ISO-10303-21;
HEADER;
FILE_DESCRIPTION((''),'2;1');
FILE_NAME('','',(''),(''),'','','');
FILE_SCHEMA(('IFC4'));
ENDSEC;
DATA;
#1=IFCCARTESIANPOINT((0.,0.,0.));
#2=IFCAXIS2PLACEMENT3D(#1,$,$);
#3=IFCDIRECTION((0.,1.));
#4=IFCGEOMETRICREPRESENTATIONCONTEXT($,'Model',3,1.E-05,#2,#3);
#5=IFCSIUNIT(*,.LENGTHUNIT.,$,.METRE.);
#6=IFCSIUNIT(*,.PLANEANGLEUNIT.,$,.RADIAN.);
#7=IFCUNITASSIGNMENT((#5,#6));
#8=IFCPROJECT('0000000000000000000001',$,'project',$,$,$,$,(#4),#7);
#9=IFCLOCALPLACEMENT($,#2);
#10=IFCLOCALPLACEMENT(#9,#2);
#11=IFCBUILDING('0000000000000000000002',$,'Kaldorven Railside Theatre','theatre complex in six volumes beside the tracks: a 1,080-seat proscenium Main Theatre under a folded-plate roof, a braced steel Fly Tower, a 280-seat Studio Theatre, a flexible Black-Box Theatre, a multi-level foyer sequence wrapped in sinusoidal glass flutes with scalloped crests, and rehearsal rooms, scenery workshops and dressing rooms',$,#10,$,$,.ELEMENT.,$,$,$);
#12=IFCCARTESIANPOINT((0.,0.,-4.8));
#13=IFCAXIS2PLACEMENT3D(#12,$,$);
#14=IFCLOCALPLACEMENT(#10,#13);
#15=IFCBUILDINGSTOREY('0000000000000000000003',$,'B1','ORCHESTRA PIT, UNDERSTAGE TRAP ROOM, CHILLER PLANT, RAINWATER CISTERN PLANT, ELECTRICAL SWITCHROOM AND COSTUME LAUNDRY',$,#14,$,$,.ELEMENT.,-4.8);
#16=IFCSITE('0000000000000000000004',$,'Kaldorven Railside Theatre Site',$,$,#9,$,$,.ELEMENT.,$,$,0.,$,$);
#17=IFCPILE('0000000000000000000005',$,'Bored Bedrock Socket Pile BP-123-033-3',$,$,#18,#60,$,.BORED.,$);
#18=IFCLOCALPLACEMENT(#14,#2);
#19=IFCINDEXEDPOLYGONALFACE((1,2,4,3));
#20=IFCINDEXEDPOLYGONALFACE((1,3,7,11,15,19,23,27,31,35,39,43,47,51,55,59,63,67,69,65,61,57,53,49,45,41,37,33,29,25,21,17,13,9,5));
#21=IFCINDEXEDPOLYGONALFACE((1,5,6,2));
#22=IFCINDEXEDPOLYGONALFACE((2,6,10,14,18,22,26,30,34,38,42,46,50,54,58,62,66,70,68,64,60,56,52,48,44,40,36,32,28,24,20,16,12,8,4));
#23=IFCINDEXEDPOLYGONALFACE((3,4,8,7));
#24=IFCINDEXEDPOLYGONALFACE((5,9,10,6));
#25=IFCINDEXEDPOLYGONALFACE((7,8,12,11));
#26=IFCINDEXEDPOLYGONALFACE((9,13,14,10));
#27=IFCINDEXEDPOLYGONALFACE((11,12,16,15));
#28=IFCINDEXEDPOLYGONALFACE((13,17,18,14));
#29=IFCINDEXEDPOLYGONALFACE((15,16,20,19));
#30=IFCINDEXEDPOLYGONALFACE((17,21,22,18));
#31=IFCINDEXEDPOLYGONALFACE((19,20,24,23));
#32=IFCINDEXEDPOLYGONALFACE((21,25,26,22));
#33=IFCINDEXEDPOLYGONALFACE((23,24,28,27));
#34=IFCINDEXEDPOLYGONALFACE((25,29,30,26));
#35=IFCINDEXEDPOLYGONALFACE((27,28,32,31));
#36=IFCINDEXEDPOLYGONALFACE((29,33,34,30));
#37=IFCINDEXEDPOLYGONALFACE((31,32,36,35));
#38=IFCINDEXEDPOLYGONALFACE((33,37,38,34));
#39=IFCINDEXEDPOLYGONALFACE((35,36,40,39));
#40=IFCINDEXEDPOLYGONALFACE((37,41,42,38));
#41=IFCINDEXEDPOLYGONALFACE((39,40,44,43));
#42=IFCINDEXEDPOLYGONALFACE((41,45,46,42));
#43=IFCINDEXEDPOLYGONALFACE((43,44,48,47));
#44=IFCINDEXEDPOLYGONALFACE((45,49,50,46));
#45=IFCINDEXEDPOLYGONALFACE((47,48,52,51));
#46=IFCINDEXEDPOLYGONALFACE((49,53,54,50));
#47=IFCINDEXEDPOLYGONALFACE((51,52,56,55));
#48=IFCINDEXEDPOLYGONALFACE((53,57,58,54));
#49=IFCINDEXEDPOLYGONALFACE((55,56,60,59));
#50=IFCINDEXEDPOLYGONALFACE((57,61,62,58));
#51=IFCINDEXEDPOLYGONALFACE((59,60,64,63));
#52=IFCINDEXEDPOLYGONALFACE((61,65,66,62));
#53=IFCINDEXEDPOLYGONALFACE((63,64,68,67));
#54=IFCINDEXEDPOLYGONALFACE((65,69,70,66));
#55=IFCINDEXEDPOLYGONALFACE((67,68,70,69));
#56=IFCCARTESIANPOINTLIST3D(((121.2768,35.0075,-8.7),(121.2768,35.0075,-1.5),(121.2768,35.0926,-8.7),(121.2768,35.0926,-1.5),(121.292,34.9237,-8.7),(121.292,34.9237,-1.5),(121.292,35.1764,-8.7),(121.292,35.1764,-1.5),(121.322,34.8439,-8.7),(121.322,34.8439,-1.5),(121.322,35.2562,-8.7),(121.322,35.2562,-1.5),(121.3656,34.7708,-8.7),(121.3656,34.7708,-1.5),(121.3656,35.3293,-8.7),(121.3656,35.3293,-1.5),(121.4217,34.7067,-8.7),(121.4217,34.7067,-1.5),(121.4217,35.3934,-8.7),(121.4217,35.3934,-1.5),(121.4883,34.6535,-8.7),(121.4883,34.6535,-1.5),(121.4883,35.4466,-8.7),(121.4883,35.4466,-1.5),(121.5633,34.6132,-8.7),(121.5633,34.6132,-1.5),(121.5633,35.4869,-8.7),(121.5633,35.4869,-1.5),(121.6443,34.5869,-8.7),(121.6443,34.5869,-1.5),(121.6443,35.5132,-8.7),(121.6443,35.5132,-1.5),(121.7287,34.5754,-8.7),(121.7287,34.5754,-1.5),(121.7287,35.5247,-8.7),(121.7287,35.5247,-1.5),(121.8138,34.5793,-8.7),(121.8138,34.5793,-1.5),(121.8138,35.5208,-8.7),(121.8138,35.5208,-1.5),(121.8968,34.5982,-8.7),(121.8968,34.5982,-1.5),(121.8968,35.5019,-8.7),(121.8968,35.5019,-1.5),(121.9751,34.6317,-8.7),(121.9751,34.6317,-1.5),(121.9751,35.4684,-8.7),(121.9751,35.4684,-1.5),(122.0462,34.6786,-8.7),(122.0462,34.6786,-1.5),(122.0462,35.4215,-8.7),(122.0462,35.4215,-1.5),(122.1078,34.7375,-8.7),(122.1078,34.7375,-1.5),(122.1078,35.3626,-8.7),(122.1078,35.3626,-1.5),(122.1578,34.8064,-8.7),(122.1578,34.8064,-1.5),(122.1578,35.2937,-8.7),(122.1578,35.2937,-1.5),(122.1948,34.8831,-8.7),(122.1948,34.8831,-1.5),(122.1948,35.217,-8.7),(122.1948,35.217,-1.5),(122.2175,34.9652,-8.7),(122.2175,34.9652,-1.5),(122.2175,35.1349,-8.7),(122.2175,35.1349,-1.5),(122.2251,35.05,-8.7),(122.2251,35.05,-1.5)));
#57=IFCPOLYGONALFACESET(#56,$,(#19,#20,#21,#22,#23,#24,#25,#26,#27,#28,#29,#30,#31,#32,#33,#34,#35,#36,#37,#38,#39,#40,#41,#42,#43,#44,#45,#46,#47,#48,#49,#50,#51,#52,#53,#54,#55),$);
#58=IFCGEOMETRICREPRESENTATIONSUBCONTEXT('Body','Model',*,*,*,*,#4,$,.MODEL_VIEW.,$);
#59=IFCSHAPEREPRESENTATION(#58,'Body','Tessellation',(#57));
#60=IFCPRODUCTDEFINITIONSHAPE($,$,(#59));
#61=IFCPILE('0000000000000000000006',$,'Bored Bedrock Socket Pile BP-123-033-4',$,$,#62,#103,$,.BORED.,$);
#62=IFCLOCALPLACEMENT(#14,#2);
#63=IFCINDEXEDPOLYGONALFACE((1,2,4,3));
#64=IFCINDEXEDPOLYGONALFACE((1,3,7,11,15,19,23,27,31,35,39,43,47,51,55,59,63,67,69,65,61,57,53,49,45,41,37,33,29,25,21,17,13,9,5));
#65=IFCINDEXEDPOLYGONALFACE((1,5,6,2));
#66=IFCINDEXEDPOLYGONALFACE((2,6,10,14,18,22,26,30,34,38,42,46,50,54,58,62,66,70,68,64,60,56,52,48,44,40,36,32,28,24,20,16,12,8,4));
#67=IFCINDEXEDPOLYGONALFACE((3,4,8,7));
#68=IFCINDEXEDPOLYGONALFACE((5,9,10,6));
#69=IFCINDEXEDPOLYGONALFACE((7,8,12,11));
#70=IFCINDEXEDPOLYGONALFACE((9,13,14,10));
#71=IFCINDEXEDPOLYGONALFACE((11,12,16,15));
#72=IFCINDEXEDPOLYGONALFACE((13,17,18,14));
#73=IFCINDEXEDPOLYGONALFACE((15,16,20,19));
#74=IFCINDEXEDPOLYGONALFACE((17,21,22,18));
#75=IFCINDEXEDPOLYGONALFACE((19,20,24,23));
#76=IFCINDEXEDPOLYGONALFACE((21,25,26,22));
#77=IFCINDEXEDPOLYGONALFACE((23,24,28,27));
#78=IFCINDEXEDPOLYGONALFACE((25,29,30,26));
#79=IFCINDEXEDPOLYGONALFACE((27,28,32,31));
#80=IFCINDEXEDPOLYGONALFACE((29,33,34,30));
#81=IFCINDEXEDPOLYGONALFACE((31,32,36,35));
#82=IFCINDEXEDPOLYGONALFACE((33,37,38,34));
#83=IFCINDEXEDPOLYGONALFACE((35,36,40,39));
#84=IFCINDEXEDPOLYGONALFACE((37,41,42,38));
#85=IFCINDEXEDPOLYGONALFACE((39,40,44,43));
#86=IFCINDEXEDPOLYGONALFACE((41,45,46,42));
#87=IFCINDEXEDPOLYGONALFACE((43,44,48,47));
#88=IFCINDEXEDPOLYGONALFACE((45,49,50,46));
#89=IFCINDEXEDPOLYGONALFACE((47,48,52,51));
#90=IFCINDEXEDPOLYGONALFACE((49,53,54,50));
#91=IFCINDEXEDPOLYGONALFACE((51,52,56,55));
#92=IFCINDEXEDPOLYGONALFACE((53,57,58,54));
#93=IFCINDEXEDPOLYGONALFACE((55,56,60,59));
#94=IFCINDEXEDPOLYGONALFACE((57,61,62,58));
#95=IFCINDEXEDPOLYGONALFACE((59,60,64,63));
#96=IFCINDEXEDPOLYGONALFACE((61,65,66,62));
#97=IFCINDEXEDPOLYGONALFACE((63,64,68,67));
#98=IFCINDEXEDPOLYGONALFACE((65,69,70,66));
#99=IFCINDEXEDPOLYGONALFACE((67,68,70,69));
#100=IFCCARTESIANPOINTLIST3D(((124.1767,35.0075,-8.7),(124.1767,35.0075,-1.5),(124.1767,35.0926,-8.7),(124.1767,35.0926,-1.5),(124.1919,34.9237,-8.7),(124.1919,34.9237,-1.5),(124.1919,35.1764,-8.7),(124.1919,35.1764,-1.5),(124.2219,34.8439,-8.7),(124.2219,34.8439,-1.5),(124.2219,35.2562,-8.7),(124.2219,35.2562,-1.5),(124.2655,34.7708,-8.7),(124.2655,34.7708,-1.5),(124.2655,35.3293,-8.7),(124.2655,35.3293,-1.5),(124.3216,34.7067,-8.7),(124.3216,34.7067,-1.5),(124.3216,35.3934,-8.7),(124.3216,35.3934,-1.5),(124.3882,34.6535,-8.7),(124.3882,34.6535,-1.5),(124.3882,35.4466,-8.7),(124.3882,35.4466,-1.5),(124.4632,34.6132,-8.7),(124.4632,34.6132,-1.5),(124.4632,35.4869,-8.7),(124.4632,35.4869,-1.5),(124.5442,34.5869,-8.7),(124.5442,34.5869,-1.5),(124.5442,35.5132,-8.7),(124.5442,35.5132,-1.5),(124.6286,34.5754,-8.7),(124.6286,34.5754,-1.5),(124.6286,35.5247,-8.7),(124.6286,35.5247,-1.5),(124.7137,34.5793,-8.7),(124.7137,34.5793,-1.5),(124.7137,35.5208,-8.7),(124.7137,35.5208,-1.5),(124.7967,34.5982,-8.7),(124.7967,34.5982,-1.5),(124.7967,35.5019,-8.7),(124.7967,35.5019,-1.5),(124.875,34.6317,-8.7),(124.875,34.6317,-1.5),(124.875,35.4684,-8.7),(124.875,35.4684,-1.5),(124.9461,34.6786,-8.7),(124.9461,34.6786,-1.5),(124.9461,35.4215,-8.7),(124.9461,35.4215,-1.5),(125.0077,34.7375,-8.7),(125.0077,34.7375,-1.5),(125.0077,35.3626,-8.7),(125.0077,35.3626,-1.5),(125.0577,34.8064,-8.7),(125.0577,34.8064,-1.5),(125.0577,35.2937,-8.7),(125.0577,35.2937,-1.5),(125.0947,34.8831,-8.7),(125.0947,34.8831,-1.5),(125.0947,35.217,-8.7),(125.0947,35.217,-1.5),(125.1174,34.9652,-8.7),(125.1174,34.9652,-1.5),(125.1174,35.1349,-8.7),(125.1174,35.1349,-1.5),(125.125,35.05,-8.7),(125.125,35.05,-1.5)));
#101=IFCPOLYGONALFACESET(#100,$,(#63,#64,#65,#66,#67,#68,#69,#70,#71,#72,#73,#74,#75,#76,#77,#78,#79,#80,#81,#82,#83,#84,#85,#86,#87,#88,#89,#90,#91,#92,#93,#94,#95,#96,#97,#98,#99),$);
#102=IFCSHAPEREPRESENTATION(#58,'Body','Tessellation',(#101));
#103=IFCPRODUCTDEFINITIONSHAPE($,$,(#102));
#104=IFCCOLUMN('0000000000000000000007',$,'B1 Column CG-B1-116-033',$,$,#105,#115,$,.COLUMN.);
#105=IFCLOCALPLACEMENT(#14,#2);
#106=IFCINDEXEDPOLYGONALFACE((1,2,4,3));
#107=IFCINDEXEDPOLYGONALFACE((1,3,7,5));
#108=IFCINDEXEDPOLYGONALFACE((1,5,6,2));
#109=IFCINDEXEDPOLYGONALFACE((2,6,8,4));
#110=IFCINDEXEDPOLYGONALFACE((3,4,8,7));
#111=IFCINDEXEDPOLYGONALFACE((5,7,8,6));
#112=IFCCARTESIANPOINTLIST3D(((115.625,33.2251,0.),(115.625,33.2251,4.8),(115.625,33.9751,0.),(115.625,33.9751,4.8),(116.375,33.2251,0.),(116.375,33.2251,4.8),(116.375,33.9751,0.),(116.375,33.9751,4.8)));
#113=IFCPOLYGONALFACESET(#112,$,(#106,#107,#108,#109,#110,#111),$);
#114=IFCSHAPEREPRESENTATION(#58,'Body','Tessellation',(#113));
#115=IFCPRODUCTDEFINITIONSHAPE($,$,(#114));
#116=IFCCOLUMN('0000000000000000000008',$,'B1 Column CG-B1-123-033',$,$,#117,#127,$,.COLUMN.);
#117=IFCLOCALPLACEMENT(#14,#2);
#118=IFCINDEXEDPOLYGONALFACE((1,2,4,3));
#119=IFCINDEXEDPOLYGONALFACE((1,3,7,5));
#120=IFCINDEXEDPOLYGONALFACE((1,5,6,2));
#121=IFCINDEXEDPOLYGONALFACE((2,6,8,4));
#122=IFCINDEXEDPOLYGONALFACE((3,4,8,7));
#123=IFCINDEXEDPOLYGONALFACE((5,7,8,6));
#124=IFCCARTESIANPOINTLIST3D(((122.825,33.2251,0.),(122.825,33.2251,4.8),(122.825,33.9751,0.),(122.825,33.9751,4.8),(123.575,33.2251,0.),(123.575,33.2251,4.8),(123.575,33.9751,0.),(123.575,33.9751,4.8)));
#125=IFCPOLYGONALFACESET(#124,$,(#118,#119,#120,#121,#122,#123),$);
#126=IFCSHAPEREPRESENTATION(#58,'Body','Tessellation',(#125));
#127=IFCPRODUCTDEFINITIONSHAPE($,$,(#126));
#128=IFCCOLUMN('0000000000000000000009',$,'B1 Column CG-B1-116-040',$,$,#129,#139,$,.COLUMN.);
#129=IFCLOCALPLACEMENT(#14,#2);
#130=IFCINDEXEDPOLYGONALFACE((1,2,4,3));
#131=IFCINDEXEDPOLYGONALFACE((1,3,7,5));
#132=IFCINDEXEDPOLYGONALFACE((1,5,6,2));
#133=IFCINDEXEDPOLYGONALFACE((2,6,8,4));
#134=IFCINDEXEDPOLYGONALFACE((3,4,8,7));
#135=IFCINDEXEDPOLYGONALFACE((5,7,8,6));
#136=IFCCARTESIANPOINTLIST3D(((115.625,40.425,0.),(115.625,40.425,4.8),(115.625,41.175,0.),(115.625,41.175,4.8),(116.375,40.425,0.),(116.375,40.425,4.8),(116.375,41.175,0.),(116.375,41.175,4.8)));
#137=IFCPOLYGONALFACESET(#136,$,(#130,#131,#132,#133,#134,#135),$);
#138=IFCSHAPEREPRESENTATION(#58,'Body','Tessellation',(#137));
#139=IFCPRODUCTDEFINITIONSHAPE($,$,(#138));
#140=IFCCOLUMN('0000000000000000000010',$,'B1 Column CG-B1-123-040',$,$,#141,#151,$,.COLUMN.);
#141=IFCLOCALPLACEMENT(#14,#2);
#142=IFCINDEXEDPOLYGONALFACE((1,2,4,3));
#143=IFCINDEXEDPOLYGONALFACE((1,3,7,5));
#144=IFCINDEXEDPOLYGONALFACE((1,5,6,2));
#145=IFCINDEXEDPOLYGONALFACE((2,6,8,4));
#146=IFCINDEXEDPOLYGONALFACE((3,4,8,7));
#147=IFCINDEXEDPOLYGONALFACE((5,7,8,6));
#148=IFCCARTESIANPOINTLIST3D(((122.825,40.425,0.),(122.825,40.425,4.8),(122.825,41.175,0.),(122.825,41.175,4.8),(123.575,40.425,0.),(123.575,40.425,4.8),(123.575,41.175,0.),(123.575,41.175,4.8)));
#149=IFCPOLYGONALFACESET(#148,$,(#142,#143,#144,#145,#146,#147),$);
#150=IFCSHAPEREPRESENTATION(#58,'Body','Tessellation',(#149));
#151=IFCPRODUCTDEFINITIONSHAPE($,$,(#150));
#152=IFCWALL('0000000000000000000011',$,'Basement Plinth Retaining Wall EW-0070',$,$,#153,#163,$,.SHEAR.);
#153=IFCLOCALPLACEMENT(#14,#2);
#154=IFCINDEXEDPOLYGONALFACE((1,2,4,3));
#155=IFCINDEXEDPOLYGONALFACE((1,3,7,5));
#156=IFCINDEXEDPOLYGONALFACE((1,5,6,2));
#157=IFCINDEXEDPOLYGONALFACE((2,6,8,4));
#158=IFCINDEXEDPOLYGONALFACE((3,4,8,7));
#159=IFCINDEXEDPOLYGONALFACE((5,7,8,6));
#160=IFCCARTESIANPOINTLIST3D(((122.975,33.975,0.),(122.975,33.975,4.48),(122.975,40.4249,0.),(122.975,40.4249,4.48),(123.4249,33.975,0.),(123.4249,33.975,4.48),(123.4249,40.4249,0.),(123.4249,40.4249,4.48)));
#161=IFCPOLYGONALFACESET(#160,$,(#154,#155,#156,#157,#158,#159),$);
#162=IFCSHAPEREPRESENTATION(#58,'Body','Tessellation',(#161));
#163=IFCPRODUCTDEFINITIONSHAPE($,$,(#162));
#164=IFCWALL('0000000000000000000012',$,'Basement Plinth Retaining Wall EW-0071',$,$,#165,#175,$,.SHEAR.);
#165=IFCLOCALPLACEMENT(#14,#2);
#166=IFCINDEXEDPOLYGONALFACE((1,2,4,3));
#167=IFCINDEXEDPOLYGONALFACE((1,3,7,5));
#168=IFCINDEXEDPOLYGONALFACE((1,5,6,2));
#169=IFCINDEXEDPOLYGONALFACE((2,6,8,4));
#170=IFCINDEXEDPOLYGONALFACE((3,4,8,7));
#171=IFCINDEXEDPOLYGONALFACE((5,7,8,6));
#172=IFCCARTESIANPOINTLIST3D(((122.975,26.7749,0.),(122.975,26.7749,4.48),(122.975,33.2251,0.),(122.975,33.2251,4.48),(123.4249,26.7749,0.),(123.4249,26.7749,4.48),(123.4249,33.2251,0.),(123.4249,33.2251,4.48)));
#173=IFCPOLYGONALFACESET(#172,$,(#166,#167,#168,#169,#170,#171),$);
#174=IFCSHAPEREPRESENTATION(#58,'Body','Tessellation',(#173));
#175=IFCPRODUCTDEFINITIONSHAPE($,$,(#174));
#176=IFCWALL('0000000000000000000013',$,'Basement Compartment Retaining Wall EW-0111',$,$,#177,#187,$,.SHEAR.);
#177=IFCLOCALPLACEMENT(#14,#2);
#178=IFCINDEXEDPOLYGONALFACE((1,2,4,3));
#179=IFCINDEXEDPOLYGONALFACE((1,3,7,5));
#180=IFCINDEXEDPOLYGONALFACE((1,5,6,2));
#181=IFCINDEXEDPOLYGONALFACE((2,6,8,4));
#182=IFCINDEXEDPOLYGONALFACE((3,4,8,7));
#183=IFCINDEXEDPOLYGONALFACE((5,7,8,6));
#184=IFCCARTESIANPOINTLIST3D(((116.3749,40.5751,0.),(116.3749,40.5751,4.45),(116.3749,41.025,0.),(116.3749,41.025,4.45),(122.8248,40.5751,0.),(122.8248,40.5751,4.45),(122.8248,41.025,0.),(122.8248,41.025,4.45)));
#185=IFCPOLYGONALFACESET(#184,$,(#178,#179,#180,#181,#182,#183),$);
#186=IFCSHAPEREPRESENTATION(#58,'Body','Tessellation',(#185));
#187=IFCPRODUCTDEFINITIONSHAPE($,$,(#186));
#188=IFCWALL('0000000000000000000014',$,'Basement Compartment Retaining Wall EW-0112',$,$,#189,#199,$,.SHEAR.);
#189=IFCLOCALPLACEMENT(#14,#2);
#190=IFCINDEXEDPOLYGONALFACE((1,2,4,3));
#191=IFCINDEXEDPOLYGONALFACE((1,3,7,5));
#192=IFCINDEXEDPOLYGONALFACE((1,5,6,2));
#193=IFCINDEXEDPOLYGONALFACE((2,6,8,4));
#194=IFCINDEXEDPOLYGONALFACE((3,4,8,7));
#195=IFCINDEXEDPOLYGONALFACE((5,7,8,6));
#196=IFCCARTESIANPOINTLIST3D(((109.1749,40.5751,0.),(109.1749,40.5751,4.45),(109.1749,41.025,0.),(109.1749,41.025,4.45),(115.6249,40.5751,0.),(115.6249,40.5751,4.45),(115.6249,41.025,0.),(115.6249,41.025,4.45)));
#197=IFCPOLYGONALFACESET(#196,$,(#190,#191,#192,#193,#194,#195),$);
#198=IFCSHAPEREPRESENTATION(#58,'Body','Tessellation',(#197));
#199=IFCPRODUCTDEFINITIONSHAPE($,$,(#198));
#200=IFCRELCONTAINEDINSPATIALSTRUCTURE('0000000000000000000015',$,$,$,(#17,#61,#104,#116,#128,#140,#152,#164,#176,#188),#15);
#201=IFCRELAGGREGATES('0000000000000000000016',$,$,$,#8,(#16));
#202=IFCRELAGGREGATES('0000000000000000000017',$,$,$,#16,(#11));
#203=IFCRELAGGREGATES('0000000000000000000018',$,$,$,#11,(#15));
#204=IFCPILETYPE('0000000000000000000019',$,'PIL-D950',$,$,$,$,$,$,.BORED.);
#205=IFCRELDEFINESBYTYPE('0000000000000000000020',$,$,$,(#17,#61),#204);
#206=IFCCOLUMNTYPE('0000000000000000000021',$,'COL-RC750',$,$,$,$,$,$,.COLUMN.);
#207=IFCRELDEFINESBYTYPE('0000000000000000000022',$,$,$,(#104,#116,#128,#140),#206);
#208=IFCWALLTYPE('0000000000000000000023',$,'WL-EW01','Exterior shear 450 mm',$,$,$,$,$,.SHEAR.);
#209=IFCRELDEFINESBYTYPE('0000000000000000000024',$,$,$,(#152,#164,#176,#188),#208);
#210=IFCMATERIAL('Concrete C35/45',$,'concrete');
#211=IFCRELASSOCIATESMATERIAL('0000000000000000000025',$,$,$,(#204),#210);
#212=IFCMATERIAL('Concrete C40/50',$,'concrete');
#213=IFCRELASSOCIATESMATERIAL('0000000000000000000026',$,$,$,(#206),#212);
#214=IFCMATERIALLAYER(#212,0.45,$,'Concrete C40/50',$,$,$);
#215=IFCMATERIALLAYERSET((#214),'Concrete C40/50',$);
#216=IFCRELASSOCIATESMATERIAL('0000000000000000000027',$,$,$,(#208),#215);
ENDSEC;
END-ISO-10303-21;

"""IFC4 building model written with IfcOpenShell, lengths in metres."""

from ifc_helpers import new_model, si_unit, direction, frame, frame_2d, origin, origin_2d, place, context, subcontext, project, spatial, rectangle, circle, extrude, material, layer, layer_set, material_profile, profile_set, type_object, element, save


model = new_model("IFC4")

# Units and contexts
model_context = context("Model", 3, precision=1e-05, world=origin(), true_north=direction((0.0, 1.0)))
body_context = subcontext(model_context, "Body", "Model", "MODEL_VIEW")
ifc_project = project(units=[si_unit("LENGTHUNIT", "METRE"), si_unit("PLANEANGLEUNIT", "RADIAN")], contexts=[model_context])

# Site, building, storey
site_placement = place(None, origin())
site = spatial("IfcSite", under=ifc_project, at=site_placement, Name="Kaldorven Railside Theatre Site", CompositionType="ELEMENT", RefElevation=0.0)
building_placement = place(site_placement, origin())
building = spatial("IfcBuilding", under=site, at=building_placement, Name="Kaldorven Railside Theatre", Description="theatre complex in six volumes beside the tracks: a 1,080-seat proscenium Main Theatre under a folded-plate roof, a braced steel Fly Tower, a 280-seat Studio Theatre, a flexible Black-Box Theatre, a multi-level foyer sequence wrapped in sinusoidal glass flutes with scalloped crests, and rehearsal rooms, scenery workshops and dressing rooms", CompositionType="ELEMENT")
storey_placement = place(building_placement, frame((0.0, 0.0, -4.8)))
storey = spatial("IfcBuildingStorey", under=building, at=storey_placement, Name="B1", Description="ORCHESTRA PIT, UNDERSTAGE TRAP ROOM, CHILLER PLANT, RAINWATER CISTERN PLANT, ELECTRICAL SWITCHROOM AND COSTUME LAUNDRY", CompositionType="ELEMENT", Elevation=-4.8)

# Shared definitions
ifc_material_1 = material(Name="Concrete C40/50", Category="concrete")

# Piles
ifc_material_2 = material(Name="Concrete C35/45", Category="concrete")
ifc_material_profile_1 = material_profile(ifc_material_2, circle(Radius=0.4751, at=origin_2d()), Name="BP D950")
ifc_profile_set_1 = profile_set([ifc_material_profile_1], Name="Concrete C35/45")
pile_type_1 = type_object("IfcPileType", Name="PIL-D950", PredefinedType="BORED", material=ifc_profile_set_1)
for number, where, z_axis, x_axis, name in (
    (1, (121.75, 35.05, -1.5), (0.0, 0.0, -1.0), (1.0, 0.0, 0.0), "Bored Bedrock Socket Pile BP-123-033-3"),
    (2, (124.6499, 35.05, -1.5), (0.0, 0.0, -1.0), (1.0, 0.0, 0.0), "Bored Bedrock Socket Pile BP-123-033-4"),
):
    element("IfcPile", number, at=place(storey_placement, frame(where, z_axis=z_axis, x_axis=x_axis)), inside=storey, type_object=pile_type_1, Name=name, PredefinedType="BORED", context=body_context, shape_type="SweptSolid", body=[
        extrude(circle(Radius=0.4751, at=origin_2d()), origin(), (0.0, 0.0, 1.0), 7.2),
    ])

# Columns
ifc_material_profile_2 = material_profile(ifc_material_1, rectangle(XDim=0.75, YDim=0.75, at=origin_2d()), Name="RC 750x750")
ifc_profile_set_2 = profile_set([ifc_material_profile_2], Name="Concrete C40/50")
column_type = type_object("IfcColumnType", Name="COL-RC750", PredefinedType="COLUMN", material=ifc_profile_set_2)
for number, where, z_axis, x_axis, name in (
    (3, (116.0, 33.6001, 0.0), (0.0, 0.0, 1.0), (0.0, 1.0, 0.0), "B1 Column CG-B1-116-033"),
    (4, (123.2, 33.6001, 0.0), (0.0, 0.0, 1.0), (1.0, 0.0, 0.0), "B1 Column CG-B1-123-033"),
    (5, (116.0, 40.8, 0.0), (0.0, 0.0, 1.0), (1.0, 0.0, 0.0), "B1 Column CG-B1-116-040"),
    (6, (123.2, 40.8, 0.0), (0.0, 0.0, 1.0), (1.0, 0.0, 0.0), "B1 Column CG-B1-123-040"),
):
    element("IfcColumn", number, at=place(storey_placement, frame(where, z_axis=z_axis, x_axis=x_axis)), inside=storey, type_object=column_type, Name=name, PredefinedType="COLUMN", context=body_context, shape_type="SweptSolid", body=[
        extrude(rectangle(XDim=0.75, YDim=0.75, at=origin_2d()), origin(), (0.0, 0.0, 1.0), 4.8),
    ])

# Walls
ifc_layer = layer(ifc_material_1, 0.45, Name="Concrete C40/50")
ifc_layer_set = layer_set([ifc_layer], Name="Concrete C40/50")
wall_type = type_object("IfcWallType", Name="WL-EW01", Description="Exterior shear 450 mm", PredefinedType="SHEAR", material=ifc_layer_set)
wall_1_placement = place(storey_placement, frame((123.2, 40.425, 0.0), z_axis=(0.0, 0.0, 1.0), x_axis=(0.0, -1.0, 0.0)))
element("IfcWall", 7, at=wall_1_placement, inside=storey, type_object=wall_type, Name="Basement Plinth Retaining Wall EW-0070", PredefinedType="SHEAR", context=body_context, shape_type="SweptSolid", body=[
    extrude(rectangle(XDim=6.45, YDim=0.45, at=frame_2d((3.2251, 0.0))), origin(), (0.0, 0.0, 1.0), 4.48),
])
wall_2_placement = place(storey_placement, frame((123.2, 33.2251, 0.0), z_axis=(0.0, 0.0, 1.0), x_axis=(0.0, -1.0, 0.0)))
element("IfcWall", 8, at=wall_2_placement, inside=storey, type_object=wall_type, Name="Basement Plinth Retaining Wall EW-0071", PredefinedType="SHEAR", context=body_context, shape_type="SweptSolid", body=[
    extrude(rectangle(XDim=6.4502, YDim=0.45, at=frame_2d((3.2251, 0.0))), origin(), (0.0, 0.0, 1.0), 4.48),
])
for number, where, z_axis, x_axis, name in (
    (9, (122.825, 40.8, 0.0), (0.0, 0.0, 1.0), (-1.0, 0.0, 0.0), "Basement Compartment Retaining Wall EW-0111"),
    (10, (115.625, 40.8, 0.0), (0.0, 0.0, 1.0), (-1.0, 0.0, 0.0), "Basement Compartment Retaining Wall EW-0112"),
):
    element("IfcWall", number, at=place(storey_placement, frame(where, z_axis=z_axis, x_axis=x_axis)), inside=storey, type_object=wall_type, Name=name, PredefinedType="SHEAR", context=body_context, shape_type="SweptSolid", body=[
        extrude(rectangle(XDim=6.45, YDim=0.45, at=frame_2d((3.2251, 0.0))), origin(), (0.0, 0.0, 1.0), 4.45),
    ])

save(model, "model.ifc")
